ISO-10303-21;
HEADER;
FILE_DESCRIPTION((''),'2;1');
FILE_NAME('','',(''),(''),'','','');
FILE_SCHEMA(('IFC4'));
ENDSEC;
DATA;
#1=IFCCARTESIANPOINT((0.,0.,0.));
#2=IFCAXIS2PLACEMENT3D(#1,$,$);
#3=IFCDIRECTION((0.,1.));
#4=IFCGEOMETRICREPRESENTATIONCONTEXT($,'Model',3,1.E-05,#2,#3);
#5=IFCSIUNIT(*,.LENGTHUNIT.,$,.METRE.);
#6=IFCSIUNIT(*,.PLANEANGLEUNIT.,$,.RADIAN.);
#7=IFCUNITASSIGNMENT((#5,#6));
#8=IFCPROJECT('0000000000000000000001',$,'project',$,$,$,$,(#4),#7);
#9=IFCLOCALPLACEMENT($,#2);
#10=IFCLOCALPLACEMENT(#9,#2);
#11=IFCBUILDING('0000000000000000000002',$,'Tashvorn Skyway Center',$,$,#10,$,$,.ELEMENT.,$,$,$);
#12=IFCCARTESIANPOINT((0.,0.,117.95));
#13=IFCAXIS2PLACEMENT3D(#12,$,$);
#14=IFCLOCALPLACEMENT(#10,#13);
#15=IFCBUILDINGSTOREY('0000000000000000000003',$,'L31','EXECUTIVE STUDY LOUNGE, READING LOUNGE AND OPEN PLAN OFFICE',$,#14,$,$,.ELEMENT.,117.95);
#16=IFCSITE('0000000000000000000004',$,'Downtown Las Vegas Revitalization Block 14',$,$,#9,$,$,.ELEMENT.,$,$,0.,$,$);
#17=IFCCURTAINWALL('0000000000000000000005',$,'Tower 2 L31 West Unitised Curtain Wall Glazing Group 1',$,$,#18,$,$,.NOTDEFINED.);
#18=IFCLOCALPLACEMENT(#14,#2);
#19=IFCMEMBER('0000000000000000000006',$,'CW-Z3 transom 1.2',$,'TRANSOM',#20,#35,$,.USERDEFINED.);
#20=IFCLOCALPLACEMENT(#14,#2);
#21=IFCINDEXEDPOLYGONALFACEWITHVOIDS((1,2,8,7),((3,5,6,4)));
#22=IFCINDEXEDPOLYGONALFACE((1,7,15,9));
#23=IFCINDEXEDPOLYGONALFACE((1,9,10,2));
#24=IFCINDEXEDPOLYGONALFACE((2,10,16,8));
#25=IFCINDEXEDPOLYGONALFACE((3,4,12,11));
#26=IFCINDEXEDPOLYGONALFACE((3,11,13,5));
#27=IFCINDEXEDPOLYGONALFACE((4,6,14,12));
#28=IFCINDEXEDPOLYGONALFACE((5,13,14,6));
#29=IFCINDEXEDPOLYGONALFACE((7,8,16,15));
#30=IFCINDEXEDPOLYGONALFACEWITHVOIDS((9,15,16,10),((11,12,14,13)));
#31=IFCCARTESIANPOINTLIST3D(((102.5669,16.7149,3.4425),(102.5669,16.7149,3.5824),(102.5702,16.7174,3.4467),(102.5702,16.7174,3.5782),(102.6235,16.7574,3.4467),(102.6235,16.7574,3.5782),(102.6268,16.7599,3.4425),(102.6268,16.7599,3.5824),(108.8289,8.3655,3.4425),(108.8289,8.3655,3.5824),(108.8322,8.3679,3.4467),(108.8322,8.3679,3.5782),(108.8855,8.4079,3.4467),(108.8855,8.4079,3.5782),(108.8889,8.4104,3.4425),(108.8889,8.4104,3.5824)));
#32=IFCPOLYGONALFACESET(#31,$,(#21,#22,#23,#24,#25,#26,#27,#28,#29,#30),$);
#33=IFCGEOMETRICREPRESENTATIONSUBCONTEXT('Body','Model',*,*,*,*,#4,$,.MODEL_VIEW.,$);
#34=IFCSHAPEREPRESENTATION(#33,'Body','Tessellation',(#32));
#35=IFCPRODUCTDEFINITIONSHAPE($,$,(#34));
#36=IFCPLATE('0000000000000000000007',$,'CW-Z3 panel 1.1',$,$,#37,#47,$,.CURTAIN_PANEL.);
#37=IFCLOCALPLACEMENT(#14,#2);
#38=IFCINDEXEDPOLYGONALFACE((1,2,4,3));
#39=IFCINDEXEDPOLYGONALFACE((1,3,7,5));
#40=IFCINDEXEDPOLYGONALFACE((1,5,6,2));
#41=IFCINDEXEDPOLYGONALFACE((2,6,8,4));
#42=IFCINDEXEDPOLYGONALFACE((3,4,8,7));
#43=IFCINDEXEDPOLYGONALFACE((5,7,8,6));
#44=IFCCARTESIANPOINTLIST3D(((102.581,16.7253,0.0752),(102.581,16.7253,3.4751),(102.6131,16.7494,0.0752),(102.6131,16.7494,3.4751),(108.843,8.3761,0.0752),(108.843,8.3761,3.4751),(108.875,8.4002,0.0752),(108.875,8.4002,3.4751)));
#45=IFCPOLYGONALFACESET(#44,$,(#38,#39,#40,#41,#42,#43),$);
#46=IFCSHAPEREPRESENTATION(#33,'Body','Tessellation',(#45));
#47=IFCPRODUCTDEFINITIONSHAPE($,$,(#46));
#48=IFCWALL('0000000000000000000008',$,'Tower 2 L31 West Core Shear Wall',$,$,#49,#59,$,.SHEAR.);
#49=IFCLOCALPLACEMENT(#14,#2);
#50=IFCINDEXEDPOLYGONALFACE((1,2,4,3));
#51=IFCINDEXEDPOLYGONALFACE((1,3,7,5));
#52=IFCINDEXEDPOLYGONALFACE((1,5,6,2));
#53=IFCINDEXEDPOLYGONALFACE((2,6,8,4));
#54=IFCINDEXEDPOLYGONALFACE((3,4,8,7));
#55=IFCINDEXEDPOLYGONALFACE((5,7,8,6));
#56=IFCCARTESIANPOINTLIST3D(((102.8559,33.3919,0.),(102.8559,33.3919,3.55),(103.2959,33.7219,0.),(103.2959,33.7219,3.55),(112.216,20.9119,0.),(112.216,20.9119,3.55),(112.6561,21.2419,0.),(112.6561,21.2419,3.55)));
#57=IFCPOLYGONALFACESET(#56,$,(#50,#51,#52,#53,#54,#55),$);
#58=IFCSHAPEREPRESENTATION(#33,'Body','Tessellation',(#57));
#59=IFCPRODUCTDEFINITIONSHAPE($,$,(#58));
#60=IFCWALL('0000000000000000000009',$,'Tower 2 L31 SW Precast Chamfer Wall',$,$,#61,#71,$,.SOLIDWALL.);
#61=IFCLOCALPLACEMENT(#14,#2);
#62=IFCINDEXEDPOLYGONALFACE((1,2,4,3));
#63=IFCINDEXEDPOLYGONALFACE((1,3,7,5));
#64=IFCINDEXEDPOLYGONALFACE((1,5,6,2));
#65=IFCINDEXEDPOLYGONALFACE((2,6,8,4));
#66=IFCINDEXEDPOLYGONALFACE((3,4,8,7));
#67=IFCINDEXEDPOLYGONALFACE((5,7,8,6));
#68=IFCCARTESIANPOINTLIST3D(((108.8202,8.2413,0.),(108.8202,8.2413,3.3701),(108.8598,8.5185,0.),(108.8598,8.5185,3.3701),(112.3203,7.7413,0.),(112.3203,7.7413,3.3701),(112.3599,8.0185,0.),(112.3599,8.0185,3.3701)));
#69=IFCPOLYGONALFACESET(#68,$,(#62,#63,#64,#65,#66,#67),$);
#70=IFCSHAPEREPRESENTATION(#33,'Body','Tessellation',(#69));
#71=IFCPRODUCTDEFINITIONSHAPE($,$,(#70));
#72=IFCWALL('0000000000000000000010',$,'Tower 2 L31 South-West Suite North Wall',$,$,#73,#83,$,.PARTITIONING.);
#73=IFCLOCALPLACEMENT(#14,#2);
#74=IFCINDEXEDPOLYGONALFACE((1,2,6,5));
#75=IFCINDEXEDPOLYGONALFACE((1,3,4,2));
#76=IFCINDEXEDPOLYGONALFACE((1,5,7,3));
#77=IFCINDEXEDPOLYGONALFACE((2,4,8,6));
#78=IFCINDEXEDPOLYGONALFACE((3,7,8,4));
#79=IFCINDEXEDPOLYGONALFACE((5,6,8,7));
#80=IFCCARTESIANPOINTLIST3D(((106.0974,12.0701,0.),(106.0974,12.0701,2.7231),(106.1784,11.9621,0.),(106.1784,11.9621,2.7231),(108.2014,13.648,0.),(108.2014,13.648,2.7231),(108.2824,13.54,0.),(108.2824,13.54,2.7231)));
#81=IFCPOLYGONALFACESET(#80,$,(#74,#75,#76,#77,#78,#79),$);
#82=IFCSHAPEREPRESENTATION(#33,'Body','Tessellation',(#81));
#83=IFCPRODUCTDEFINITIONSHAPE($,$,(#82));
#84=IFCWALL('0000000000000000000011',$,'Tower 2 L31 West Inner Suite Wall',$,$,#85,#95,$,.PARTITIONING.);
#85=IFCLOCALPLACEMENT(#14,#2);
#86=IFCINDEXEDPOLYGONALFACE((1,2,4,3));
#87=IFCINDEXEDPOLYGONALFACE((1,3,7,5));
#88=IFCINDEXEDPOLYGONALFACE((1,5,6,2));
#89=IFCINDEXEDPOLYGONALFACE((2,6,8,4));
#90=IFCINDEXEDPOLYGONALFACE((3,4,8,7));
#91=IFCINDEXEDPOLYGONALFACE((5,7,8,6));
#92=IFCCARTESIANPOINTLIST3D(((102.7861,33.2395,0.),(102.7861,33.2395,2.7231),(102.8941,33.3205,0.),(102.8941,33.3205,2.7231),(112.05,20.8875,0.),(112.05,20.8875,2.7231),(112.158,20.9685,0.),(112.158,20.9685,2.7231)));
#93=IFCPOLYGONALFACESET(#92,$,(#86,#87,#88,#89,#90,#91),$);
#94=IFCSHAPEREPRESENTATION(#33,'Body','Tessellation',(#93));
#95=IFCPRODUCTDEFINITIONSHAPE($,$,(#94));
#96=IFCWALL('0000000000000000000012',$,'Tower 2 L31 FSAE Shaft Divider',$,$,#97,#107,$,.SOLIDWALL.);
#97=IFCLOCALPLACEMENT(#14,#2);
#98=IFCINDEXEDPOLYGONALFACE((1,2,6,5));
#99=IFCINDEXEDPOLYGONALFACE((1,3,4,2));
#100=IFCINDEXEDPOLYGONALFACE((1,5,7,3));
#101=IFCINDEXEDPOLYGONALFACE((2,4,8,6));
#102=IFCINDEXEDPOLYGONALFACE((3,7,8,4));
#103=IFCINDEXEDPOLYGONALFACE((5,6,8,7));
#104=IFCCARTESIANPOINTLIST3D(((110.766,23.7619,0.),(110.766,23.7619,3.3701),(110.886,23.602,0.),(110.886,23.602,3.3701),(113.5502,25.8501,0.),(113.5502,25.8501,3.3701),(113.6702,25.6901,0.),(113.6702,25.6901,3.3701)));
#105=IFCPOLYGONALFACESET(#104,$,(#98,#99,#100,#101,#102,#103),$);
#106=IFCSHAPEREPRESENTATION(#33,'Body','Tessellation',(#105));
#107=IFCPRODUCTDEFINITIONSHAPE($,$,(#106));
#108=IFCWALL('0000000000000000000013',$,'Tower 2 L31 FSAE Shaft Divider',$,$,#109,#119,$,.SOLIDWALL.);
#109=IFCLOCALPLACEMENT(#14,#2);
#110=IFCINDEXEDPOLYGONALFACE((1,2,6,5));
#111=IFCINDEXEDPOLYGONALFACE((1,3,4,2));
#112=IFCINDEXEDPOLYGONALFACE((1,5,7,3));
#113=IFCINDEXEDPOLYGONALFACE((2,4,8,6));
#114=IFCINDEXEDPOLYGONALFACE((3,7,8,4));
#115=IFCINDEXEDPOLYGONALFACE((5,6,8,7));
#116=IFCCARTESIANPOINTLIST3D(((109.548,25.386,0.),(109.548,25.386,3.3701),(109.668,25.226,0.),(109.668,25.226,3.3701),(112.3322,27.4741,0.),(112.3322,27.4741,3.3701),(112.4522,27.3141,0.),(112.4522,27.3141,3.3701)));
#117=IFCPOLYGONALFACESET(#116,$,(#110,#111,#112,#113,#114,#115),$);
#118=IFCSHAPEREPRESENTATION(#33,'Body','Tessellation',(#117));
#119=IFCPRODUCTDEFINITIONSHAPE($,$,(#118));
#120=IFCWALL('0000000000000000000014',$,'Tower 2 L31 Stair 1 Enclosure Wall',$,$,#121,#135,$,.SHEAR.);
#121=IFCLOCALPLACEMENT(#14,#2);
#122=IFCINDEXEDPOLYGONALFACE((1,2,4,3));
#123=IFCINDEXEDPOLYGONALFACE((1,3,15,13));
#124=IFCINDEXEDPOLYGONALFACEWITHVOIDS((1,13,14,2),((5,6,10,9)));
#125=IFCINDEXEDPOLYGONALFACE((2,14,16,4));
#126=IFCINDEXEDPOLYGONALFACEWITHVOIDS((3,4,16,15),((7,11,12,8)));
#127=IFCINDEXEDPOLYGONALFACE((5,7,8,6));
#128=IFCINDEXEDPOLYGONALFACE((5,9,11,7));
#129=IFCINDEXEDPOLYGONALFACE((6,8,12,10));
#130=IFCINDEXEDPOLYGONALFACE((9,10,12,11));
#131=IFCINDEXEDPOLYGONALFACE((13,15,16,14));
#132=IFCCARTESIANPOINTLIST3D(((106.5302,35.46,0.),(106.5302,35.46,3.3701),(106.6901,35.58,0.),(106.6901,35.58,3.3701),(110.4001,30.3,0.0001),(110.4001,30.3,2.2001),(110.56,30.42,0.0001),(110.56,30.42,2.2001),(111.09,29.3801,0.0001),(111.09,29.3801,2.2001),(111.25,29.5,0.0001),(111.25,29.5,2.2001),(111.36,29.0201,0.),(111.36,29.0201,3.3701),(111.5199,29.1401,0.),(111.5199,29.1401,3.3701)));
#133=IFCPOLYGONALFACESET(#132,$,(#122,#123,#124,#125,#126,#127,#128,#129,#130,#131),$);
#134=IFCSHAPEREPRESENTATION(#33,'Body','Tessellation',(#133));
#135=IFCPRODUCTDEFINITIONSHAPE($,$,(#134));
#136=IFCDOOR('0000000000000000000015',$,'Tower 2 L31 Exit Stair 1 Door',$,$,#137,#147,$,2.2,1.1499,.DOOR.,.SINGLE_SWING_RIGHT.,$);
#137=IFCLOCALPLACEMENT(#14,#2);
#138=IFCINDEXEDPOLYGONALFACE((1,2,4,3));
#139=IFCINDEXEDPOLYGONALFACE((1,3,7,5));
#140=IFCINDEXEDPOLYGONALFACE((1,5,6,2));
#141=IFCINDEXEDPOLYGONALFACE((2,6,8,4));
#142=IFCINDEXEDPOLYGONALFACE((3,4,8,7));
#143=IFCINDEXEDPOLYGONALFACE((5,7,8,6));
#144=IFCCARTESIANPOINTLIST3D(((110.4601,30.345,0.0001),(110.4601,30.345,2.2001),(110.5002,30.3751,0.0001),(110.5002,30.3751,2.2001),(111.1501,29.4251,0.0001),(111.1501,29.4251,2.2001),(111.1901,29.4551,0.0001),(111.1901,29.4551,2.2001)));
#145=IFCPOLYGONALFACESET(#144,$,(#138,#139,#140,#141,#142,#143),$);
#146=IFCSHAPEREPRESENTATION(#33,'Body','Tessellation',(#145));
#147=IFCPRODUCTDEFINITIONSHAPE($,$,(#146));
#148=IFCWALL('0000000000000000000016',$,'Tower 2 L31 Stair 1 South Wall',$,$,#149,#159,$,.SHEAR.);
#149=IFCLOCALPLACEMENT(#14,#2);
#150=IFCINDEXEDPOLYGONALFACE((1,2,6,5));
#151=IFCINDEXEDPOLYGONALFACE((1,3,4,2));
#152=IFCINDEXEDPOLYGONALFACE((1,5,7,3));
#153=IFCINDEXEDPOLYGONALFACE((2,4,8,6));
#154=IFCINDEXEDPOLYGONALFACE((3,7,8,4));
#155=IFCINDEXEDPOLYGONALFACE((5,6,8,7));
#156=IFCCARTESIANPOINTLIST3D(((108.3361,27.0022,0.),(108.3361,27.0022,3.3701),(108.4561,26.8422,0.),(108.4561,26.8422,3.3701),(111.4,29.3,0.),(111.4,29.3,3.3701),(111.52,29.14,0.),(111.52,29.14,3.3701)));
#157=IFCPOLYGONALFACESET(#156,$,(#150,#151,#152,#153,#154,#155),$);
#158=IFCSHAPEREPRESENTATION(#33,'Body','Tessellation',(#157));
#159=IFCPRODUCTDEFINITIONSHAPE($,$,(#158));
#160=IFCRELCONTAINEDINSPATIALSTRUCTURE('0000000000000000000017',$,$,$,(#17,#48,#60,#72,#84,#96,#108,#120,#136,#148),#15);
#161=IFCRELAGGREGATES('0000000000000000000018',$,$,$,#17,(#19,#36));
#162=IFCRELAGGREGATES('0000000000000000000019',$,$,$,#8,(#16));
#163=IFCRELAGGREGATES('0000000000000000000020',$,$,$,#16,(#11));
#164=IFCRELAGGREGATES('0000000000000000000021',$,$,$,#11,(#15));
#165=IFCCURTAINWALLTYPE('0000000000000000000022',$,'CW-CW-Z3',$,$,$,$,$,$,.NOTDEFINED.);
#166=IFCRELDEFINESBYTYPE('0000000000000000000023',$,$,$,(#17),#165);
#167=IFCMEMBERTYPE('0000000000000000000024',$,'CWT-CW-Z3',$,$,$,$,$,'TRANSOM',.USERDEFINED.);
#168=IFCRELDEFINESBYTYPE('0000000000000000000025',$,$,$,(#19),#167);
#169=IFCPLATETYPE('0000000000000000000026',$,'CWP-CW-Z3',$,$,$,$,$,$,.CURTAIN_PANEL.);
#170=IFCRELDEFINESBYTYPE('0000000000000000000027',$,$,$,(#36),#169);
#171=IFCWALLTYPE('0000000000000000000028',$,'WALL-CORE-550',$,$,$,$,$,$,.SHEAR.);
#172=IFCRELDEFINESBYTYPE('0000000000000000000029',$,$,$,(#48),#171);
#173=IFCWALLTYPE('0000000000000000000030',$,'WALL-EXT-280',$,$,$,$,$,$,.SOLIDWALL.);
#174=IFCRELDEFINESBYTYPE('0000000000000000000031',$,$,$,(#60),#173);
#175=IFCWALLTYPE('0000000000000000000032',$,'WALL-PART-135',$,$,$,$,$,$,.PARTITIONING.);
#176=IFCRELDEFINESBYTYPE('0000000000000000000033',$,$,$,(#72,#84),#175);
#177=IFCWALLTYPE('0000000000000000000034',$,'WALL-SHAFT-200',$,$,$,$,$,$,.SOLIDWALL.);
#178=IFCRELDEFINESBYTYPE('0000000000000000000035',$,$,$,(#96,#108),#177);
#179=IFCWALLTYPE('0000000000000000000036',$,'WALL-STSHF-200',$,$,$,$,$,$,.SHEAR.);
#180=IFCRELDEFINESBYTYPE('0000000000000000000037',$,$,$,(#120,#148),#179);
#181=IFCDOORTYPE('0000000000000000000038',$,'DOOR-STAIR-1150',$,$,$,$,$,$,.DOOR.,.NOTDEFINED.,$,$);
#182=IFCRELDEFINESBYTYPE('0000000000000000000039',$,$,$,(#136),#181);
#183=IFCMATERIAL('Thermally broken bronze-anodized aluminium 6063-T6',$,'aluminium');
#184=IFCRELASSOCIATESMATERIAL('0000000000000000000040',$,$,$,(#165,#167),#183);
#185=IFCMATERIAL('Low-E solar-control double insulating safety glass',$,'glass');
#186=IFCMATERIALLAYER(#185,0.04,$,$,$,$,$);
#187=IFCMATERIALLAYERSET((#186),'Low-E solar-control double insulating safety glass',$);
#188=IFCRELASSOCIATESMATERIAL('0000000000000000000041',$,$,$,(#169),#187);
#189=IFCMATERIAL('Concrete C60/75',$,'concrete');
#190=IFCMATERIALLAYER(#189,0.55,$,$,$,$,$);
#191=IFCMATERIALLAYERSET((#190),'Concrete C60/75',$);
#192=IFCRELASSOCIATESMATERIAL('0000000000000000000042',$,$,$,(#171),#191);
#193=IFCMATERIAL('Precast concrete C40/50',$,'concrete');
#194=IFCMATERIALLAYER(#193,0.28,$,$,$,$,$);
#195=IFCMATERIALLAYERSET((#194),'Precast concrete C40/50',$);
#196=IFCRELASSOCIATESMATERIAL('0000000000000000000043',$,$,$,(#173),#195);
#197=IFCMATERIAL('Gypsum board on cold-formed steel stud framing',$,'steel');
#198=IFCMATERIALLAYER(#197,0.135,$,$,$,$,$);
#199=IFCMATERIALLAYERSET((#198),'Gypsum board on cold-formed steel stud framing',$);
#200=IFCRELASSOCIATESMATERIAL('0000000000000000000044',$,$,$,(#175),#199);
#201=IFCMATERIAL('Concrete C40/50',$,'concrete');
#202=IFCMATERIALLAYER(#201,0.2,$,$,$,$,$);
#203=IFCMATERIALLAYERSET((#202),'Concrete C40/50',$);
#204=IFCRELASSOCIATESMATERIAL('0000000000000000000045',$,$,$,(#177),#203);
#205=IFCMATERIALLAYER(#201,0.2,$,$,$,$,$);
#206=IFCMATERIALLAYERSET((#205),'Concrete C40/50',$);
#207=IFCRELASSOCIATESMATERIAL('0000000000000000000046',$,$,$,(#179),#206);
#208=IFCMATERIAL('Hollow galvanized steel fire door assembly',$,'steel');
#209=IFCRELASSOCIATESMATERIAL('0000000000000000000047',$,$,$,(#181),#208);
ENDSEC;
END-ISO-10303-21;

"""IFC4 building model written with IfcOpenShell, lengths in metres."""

from ifc_helpers import new_model, si_unit, direction, frame, frame_2d, origin, origin_2d, place, context, subcontext, project, spatial, rectangle, hollow_rectangle, extrude, material, layer, layer_set, material_profile, profile_set, type_object, element, fill, aggregate, save


model = new_model("IFC4")

# Units and contexts
model_context = context("Model", 3, precision=1e-05, world=origin(), true_north=direction((0.0, 1.0)))
body_context = subcontext(model_context, "Body", "Model", "MODEL_VIEW")
ifc_project = project(units=[si_unit("LENGTHUNIT", "METRE"), si_unit("PLANEANGLEUNIT", "RADIAN")], contexts=[model_context])

# Site, building, storey
site_placement = place(None, origin())
site = spatial("IfcSite", under=ifc_project, at=site_placement, Name="Downtown Las Vegas Revitalization Block 14", CompositionType="ELEMENT", RefElevation=0.0)
building_placement = place(site_placement, origin())
building = spatial("IfcBuilding", under=site, at=building_placement, Name="Tashvorn Skyway Center", CompositionType="ELEMENT")
storey_placement = place(building_placement, frame((0.0, 0.0, 117.95)))
storey = spatial("IfcBuildingStorey", under=building, at=storey_placement, Name="L31", Description="EXECUTIVE STUDY LOUNGE, READING LOUNGE AND OPEN PLAN OFFICE", CompositionType="ELEMENT", Elevation=117.95)

# Shared definitions
ifc_material_1 = material(Name="Concrete C60/75", Category="concrete")

# Shared definitions
ifc_material_2 = material(Name="Thermally broken bronze-anodized aluminium 6063-T6", Category="aluminium")
curtain_wall_type = type_object("IfcCurtainWallType", Name="CW-CW-Z3", PredefinedType="NOTDEFINED", material=ifc_material_2)

# Curtain wall, member, plate
curtain_wall_1_placement = place(storey_placement, origin())
curtain_wall_1 = element("IfcCurtainWall", 1, at=curtain_wall_1_placement, inside=storey, type_object=curtain_wall_type, Name="Tower 2 L31 West Unitised Curtain Wall Glazing Group 1", PredefinedType="NOTDEFINED")
ifc_material_profile_1 = material_profile(ifc_material_2, hollow_rectangle(XDim=0.075, YDim=0.1399, WallThickness=0.0042, at=origin_2d()), Name="ALU-TRAN-75x140")
ifc_profile_set_1 = profile_set([ifc_material_profile_1], Name="Thermally broken bronze-anodized aluminium 6063-T6")
member_type_1 = type_object("IfcMemberType", Name="CWT-CW-Z3", ElementType="TRANSOM", PredefinedType="USERDEFINED", material=ifc_profile_set_1)
member_1_placement = place(storey_placement, frame((108.8589, 8.3879, 3.5125), z_axis=(-0.599996, 0.800003, 0.0), x_axis=(-0.800003, -0.599996, 0.0)))
member_1 = element("IfcMember", 2, at=member_1_placement, type_object=member_type_1, Name="CW-Z3 transom 1.2", ObjectType="TRANSOM", PredefinedType="USERDEFINED", context=body_context, shape_type="SweptSolid", body=[
    extrude(hollow_rectangle(XDim=0.075, YDim=0.1399, WallThickness=0.0042, at=origin_2d()), origin(), (0.0, 0.0, 1.0), 10.4368),
])
ifc_material_3 = material(Name="Low-E solar-control double insulating safety glass", Category="glass")
ifc_layer_1 = layer(ifc_material_3, 0.04)
ifc_layer_set_1 = layer_set([ifc_layer_1], Name="Low-E solar-control double insulating safety glass")
plate_type = type_object("IfcPlateType", Name="CWP-CW-Z3", PredefinedType="CURTAIN_PANEL", material=ifc_layer_set_1)
plate_placement = place(storey_placement, frame((105.728, 12.5627, 0.0752), z_axis=(0.0, 0.0, 1.0), x_axis=(-0.600002, 0.799999, 0.0)))
plate = element("IfcPlate", 3, at=plate_placement, type_object=plate_type, Name="CW-Z3 panel 1.1", PredefinedType="CURTAIN_PANEL", context=body_context, shape_type="SweptSolid", body=[
    extrude(rectangle(XDim=10.4365, YDim=0.04, at=origin_2d()), origin(), (0.0, 0.0, 1.0), 3.3999),
])
aggregate(curtain_wall_1, [member_1, plate])

# Walls
ifc_layer_2 = layer(ifc_material_1, 0.55)
ifc_layer_set_2 = layer_set([ifc_layer_2], Name="Concrete C60/75")
wall_type_1 = type_object("IfcWallType", Name="WALL-CORE-550", PredefinedType="SHEAR", material=ifc_layer_set_2)
wall_1_placement = place(storey_placement, frame((112.436, 21.0769, 0.0), z_axis=(0.0, 0.0, 1.0), x_axis=(-0.600005, 0.799996, 0.0)))
element("IfcWall", 4, at=wall_1_placement, inside=storey, type_object=wall_type_1, Name="Tower 2 L31 West Core Shear Wall", PredefinedType="SHEAR", context=body_context, shape_type="SweptSolid", body=[
    extrude(rectangle(XDim=15.6001, YDim=0.55, at=frame_2d((7.8, 0.0))), origin(), (0.0, 0.0, 1.0), 3.55),
])
ifc_material_4 = material(Name="Precast concrete C40/50", Category="concrete")
ifc_layer_3 = layer(ifc_material_4, 0.28)
ifc_layer_set_3 = layer_set([ifc_layer_3], Name="Precast concrete C40/50")
wall_type_2 = type_object("IfcWallType", Name="WALL-EXT-280", PredefinedType="SOLIDWALL", material=ifc_layer_set_3)
wall_2_placement = place(storey_placement, frame((112.3401, 7.8799, 0.0), z_axis=(0.0, 0.0, 1.0), x_axis=(-0.989949, 0.141421, 0.0)))
element("IfcWall", 5, at=wall_2_placement, inside=storey, type_object=wall_type_2, Name="Tower 2 L31 SW Precast Chamfer Wall", PredefinedType="SOLIDWALL", context=body_context, shape_type="SweptSolid", body=[
    extrude(rectangle(XDim=3.5356, YDim=0.28, at=frame_2d((1.7678, 0.0))), origin(), (0.0, 0.0, 1.0), 3.3701),
])
ifc_material_5 = material(Name="Gypsum board on cold-formed steel stud framing", Category="steel")
ifc_layer_4 = layer(ifc_material_5, 0.135)
ifc_layer_set_4 = layer_set([ifc_layer_4], Name="Gypsum board on cold-formed steel stud framing")
wall_type_3 = type_object("IfcWallType", Name="WALL-PART-135", PredefinedType="PARTITIONING", material=ifc_layer_set_4)
wall_3_placement = place(storey_placement, frame((106.1379, 12.0161, 0.0), z_axis=(0.0, 0.0, 1.0), x_axis=(0.800022, 0.59997, 0.0)))
element("IfcWall", 6, at=wall_3_placement, inside=storey, type_object=wall_type_3, Name="Tower 2 L31 South-West Suite North Wall", PredefinedType="PARTITIONING", context=body_context, shape_type="SweptSolid", body=[
    extrude(rectangle(XDim=2.6299, YDim=0.135, at=frame_2d((1.3149, 0.0))), origin(), (0.0, 0.0, 1.0), 2.7231),
])
wall_4_placement = place(storey_placement, frame((112.104, 20.928, 0.0), z_axis=(0.0, 0.0, 1.0), x_axis=(-0.599995, 0.800004, 0.0)))
element("IfcWall", 7, at=wall_4_placement, inside=storey, type_object=wall_type_3, Name="Tower 2 L31 West Inner Suite Wall", PredefinedType="PARTITIONING", context=body_context, shape_type="SweptSolid", body=[
    extrude(rectangle(XDim=15.4399, YDim=0.135, at=frame_2d((7.72, 0.0))), origin(), (0.0, 0.0, 1.0), 2.7231),
])
ifc_material_6 = material(Name="Concrete C40/50", Category="concrete")
ifc_layer_5 = layer(ifc_material_6, 0.2)
ifc_layer_set_5 = layer_set([ifc_layer_5], Name="Concrete C40/50")
wall_type_4 = type_object("IfcWallType", Name="WALL-SHAFT-200", PredefinedType="SOLIDWALL", material=ifc_layer_set_5)
for number, where, z_axis, x_axis, name in (
    (8, (110.8259, 23.6819, 0.0), (0.0, 0.0, 1.0), (0.8, 0.6, 0.0), "Tower 2 L31 FSAE Shaft Divider"),
    (9, (109.6079, 25.3059, 0.0), (0.0, 0.0, 1.0), (0.8, 0.6, 0.0), "Tower 2 L31 FSAE Shaft Divider"),
):
    element("IfcWall", number, at=place(storey_placement, frame(where, z_axis=z_axis, x_axis=x_axis)), inside=storey, type_object=wall_type_4, Name=name, PredefinedType="SOLIDWALL", context=body_context, shape_type="SweptSolid", body=[
        extrude(rectangle(XDim=3.4802, YDim=0.2, at=frame_2d((1.7402, 0.0))), origin(), (0.0, 0.0, 1.0), 3.3701),
    ])

# Wall, opening, door
ifc_layer_6 = layer(ifc_material_6, 0.2)
ifc_layer_set_6 = layer_set([ifc_layer_6], Name="Concrete C40/50")
wall_type_5 = type_object("IfcWallType", Name="WALL-STSHF-200", PredefinedType="SHEAR", material=ifc_layer_set_6)
wall_5_placement = place(storey_placement, frame((111.4399, 29.0801, 0.0), z_axis=(0.0, 0.0, 1.0), x_axis=(-0.59999, 0.800007, 0.0)))
wall_5 = element("IfcWall", 10, at=wall_5_placement, inside=storey, type_object=wall_type_5, Name="Tower 2 L31 Stair 1 Enclosure Wall", PredefinedType="SHEAR", context=body_context, shape_type="SweptSolid", body=[
    extrude(rectangle(XDim=8.0498, YDim=0.2, at=frame_2d((4.0249, 0.0))), origin(), (0.0, 0.0, 1.0), 3.3701),
])
opening_placement = place(wall_5_placement, frame((0.45, 0.0, 0.0)))
opening = element("IfcOpeningElement", 11, at=opening_placement, cuts=wall_5, PredefinedType="OPENING", context=body_context, shape_type="SweptSolid", body=[
    extrude(rectangle(XDim=1.1499, YDim=2.2, at=frame_2d((0.575, 1.1001))), frame((0.0, 0.1099, 0.0), z_axis=(0.0, -1.0, 0.0), x_axis=(1.0, 0.0, 0.0)), (0.0, 0.0, 1.0), 0.22),
])
ifc_material_7 = material(Name="Hollow galvanized steel fire door assembly", Category="steel")
door_type = type_object("IfcDoorType", Name="DOOR-STAIR-1150", OperationType="NOTDEFINED", PredefinedType="DOOR", material=ifc_material_7)
door_placement = place(opening_placement, origin())
door = element("IfcDoor", 12, at=door_placement, inside=storey, type_object=door_type, Name="Tower 2 L31 Exit Stair 1 Door", OperationType="SINGLE_SWING_RIGHT", OverallHeight=2.2, OverallWidth=1.1499, PredefinedType="DOOR", context=body_context, shape_type="SweptSolid", body=[
    extrude(rectangle(XDim=1.1499, YDim=2.2, at=frame_2d((0.575, 1.1001))), frame((0.0, 0.0249, 0.0), z_axis=(0.0, -1.0, 0.0), x_axis=(1.0, 0.0, 0.0)), (0.0, 0.0, 1.0), 0.05),
])
fill(opening, door)

# Wall
wall_6_placement = place(storey_placement, frame((108.396, 26.9221, 0.0), z_axis=(0.0, 0.0, 1.0), x_axis=(0.800015, 0.59998, 0.0)))
element("IfcWall", 13, at=wall_6_placement, inside=storey, type_object=wall_type_5, Name="Tower 2 L31 Stair 1 South Wall", PredefinedType="SHEAR", context=body_context, shape_type="SweptSolid", body=[
    extrude(rectangle(XDim=3.8298, YDim=0.2, at=frame_2d((1.915, 0.0))), origin(), (0.0, 0.0, 1.0), 3.3701),
])

save(model, "model.ifc")
